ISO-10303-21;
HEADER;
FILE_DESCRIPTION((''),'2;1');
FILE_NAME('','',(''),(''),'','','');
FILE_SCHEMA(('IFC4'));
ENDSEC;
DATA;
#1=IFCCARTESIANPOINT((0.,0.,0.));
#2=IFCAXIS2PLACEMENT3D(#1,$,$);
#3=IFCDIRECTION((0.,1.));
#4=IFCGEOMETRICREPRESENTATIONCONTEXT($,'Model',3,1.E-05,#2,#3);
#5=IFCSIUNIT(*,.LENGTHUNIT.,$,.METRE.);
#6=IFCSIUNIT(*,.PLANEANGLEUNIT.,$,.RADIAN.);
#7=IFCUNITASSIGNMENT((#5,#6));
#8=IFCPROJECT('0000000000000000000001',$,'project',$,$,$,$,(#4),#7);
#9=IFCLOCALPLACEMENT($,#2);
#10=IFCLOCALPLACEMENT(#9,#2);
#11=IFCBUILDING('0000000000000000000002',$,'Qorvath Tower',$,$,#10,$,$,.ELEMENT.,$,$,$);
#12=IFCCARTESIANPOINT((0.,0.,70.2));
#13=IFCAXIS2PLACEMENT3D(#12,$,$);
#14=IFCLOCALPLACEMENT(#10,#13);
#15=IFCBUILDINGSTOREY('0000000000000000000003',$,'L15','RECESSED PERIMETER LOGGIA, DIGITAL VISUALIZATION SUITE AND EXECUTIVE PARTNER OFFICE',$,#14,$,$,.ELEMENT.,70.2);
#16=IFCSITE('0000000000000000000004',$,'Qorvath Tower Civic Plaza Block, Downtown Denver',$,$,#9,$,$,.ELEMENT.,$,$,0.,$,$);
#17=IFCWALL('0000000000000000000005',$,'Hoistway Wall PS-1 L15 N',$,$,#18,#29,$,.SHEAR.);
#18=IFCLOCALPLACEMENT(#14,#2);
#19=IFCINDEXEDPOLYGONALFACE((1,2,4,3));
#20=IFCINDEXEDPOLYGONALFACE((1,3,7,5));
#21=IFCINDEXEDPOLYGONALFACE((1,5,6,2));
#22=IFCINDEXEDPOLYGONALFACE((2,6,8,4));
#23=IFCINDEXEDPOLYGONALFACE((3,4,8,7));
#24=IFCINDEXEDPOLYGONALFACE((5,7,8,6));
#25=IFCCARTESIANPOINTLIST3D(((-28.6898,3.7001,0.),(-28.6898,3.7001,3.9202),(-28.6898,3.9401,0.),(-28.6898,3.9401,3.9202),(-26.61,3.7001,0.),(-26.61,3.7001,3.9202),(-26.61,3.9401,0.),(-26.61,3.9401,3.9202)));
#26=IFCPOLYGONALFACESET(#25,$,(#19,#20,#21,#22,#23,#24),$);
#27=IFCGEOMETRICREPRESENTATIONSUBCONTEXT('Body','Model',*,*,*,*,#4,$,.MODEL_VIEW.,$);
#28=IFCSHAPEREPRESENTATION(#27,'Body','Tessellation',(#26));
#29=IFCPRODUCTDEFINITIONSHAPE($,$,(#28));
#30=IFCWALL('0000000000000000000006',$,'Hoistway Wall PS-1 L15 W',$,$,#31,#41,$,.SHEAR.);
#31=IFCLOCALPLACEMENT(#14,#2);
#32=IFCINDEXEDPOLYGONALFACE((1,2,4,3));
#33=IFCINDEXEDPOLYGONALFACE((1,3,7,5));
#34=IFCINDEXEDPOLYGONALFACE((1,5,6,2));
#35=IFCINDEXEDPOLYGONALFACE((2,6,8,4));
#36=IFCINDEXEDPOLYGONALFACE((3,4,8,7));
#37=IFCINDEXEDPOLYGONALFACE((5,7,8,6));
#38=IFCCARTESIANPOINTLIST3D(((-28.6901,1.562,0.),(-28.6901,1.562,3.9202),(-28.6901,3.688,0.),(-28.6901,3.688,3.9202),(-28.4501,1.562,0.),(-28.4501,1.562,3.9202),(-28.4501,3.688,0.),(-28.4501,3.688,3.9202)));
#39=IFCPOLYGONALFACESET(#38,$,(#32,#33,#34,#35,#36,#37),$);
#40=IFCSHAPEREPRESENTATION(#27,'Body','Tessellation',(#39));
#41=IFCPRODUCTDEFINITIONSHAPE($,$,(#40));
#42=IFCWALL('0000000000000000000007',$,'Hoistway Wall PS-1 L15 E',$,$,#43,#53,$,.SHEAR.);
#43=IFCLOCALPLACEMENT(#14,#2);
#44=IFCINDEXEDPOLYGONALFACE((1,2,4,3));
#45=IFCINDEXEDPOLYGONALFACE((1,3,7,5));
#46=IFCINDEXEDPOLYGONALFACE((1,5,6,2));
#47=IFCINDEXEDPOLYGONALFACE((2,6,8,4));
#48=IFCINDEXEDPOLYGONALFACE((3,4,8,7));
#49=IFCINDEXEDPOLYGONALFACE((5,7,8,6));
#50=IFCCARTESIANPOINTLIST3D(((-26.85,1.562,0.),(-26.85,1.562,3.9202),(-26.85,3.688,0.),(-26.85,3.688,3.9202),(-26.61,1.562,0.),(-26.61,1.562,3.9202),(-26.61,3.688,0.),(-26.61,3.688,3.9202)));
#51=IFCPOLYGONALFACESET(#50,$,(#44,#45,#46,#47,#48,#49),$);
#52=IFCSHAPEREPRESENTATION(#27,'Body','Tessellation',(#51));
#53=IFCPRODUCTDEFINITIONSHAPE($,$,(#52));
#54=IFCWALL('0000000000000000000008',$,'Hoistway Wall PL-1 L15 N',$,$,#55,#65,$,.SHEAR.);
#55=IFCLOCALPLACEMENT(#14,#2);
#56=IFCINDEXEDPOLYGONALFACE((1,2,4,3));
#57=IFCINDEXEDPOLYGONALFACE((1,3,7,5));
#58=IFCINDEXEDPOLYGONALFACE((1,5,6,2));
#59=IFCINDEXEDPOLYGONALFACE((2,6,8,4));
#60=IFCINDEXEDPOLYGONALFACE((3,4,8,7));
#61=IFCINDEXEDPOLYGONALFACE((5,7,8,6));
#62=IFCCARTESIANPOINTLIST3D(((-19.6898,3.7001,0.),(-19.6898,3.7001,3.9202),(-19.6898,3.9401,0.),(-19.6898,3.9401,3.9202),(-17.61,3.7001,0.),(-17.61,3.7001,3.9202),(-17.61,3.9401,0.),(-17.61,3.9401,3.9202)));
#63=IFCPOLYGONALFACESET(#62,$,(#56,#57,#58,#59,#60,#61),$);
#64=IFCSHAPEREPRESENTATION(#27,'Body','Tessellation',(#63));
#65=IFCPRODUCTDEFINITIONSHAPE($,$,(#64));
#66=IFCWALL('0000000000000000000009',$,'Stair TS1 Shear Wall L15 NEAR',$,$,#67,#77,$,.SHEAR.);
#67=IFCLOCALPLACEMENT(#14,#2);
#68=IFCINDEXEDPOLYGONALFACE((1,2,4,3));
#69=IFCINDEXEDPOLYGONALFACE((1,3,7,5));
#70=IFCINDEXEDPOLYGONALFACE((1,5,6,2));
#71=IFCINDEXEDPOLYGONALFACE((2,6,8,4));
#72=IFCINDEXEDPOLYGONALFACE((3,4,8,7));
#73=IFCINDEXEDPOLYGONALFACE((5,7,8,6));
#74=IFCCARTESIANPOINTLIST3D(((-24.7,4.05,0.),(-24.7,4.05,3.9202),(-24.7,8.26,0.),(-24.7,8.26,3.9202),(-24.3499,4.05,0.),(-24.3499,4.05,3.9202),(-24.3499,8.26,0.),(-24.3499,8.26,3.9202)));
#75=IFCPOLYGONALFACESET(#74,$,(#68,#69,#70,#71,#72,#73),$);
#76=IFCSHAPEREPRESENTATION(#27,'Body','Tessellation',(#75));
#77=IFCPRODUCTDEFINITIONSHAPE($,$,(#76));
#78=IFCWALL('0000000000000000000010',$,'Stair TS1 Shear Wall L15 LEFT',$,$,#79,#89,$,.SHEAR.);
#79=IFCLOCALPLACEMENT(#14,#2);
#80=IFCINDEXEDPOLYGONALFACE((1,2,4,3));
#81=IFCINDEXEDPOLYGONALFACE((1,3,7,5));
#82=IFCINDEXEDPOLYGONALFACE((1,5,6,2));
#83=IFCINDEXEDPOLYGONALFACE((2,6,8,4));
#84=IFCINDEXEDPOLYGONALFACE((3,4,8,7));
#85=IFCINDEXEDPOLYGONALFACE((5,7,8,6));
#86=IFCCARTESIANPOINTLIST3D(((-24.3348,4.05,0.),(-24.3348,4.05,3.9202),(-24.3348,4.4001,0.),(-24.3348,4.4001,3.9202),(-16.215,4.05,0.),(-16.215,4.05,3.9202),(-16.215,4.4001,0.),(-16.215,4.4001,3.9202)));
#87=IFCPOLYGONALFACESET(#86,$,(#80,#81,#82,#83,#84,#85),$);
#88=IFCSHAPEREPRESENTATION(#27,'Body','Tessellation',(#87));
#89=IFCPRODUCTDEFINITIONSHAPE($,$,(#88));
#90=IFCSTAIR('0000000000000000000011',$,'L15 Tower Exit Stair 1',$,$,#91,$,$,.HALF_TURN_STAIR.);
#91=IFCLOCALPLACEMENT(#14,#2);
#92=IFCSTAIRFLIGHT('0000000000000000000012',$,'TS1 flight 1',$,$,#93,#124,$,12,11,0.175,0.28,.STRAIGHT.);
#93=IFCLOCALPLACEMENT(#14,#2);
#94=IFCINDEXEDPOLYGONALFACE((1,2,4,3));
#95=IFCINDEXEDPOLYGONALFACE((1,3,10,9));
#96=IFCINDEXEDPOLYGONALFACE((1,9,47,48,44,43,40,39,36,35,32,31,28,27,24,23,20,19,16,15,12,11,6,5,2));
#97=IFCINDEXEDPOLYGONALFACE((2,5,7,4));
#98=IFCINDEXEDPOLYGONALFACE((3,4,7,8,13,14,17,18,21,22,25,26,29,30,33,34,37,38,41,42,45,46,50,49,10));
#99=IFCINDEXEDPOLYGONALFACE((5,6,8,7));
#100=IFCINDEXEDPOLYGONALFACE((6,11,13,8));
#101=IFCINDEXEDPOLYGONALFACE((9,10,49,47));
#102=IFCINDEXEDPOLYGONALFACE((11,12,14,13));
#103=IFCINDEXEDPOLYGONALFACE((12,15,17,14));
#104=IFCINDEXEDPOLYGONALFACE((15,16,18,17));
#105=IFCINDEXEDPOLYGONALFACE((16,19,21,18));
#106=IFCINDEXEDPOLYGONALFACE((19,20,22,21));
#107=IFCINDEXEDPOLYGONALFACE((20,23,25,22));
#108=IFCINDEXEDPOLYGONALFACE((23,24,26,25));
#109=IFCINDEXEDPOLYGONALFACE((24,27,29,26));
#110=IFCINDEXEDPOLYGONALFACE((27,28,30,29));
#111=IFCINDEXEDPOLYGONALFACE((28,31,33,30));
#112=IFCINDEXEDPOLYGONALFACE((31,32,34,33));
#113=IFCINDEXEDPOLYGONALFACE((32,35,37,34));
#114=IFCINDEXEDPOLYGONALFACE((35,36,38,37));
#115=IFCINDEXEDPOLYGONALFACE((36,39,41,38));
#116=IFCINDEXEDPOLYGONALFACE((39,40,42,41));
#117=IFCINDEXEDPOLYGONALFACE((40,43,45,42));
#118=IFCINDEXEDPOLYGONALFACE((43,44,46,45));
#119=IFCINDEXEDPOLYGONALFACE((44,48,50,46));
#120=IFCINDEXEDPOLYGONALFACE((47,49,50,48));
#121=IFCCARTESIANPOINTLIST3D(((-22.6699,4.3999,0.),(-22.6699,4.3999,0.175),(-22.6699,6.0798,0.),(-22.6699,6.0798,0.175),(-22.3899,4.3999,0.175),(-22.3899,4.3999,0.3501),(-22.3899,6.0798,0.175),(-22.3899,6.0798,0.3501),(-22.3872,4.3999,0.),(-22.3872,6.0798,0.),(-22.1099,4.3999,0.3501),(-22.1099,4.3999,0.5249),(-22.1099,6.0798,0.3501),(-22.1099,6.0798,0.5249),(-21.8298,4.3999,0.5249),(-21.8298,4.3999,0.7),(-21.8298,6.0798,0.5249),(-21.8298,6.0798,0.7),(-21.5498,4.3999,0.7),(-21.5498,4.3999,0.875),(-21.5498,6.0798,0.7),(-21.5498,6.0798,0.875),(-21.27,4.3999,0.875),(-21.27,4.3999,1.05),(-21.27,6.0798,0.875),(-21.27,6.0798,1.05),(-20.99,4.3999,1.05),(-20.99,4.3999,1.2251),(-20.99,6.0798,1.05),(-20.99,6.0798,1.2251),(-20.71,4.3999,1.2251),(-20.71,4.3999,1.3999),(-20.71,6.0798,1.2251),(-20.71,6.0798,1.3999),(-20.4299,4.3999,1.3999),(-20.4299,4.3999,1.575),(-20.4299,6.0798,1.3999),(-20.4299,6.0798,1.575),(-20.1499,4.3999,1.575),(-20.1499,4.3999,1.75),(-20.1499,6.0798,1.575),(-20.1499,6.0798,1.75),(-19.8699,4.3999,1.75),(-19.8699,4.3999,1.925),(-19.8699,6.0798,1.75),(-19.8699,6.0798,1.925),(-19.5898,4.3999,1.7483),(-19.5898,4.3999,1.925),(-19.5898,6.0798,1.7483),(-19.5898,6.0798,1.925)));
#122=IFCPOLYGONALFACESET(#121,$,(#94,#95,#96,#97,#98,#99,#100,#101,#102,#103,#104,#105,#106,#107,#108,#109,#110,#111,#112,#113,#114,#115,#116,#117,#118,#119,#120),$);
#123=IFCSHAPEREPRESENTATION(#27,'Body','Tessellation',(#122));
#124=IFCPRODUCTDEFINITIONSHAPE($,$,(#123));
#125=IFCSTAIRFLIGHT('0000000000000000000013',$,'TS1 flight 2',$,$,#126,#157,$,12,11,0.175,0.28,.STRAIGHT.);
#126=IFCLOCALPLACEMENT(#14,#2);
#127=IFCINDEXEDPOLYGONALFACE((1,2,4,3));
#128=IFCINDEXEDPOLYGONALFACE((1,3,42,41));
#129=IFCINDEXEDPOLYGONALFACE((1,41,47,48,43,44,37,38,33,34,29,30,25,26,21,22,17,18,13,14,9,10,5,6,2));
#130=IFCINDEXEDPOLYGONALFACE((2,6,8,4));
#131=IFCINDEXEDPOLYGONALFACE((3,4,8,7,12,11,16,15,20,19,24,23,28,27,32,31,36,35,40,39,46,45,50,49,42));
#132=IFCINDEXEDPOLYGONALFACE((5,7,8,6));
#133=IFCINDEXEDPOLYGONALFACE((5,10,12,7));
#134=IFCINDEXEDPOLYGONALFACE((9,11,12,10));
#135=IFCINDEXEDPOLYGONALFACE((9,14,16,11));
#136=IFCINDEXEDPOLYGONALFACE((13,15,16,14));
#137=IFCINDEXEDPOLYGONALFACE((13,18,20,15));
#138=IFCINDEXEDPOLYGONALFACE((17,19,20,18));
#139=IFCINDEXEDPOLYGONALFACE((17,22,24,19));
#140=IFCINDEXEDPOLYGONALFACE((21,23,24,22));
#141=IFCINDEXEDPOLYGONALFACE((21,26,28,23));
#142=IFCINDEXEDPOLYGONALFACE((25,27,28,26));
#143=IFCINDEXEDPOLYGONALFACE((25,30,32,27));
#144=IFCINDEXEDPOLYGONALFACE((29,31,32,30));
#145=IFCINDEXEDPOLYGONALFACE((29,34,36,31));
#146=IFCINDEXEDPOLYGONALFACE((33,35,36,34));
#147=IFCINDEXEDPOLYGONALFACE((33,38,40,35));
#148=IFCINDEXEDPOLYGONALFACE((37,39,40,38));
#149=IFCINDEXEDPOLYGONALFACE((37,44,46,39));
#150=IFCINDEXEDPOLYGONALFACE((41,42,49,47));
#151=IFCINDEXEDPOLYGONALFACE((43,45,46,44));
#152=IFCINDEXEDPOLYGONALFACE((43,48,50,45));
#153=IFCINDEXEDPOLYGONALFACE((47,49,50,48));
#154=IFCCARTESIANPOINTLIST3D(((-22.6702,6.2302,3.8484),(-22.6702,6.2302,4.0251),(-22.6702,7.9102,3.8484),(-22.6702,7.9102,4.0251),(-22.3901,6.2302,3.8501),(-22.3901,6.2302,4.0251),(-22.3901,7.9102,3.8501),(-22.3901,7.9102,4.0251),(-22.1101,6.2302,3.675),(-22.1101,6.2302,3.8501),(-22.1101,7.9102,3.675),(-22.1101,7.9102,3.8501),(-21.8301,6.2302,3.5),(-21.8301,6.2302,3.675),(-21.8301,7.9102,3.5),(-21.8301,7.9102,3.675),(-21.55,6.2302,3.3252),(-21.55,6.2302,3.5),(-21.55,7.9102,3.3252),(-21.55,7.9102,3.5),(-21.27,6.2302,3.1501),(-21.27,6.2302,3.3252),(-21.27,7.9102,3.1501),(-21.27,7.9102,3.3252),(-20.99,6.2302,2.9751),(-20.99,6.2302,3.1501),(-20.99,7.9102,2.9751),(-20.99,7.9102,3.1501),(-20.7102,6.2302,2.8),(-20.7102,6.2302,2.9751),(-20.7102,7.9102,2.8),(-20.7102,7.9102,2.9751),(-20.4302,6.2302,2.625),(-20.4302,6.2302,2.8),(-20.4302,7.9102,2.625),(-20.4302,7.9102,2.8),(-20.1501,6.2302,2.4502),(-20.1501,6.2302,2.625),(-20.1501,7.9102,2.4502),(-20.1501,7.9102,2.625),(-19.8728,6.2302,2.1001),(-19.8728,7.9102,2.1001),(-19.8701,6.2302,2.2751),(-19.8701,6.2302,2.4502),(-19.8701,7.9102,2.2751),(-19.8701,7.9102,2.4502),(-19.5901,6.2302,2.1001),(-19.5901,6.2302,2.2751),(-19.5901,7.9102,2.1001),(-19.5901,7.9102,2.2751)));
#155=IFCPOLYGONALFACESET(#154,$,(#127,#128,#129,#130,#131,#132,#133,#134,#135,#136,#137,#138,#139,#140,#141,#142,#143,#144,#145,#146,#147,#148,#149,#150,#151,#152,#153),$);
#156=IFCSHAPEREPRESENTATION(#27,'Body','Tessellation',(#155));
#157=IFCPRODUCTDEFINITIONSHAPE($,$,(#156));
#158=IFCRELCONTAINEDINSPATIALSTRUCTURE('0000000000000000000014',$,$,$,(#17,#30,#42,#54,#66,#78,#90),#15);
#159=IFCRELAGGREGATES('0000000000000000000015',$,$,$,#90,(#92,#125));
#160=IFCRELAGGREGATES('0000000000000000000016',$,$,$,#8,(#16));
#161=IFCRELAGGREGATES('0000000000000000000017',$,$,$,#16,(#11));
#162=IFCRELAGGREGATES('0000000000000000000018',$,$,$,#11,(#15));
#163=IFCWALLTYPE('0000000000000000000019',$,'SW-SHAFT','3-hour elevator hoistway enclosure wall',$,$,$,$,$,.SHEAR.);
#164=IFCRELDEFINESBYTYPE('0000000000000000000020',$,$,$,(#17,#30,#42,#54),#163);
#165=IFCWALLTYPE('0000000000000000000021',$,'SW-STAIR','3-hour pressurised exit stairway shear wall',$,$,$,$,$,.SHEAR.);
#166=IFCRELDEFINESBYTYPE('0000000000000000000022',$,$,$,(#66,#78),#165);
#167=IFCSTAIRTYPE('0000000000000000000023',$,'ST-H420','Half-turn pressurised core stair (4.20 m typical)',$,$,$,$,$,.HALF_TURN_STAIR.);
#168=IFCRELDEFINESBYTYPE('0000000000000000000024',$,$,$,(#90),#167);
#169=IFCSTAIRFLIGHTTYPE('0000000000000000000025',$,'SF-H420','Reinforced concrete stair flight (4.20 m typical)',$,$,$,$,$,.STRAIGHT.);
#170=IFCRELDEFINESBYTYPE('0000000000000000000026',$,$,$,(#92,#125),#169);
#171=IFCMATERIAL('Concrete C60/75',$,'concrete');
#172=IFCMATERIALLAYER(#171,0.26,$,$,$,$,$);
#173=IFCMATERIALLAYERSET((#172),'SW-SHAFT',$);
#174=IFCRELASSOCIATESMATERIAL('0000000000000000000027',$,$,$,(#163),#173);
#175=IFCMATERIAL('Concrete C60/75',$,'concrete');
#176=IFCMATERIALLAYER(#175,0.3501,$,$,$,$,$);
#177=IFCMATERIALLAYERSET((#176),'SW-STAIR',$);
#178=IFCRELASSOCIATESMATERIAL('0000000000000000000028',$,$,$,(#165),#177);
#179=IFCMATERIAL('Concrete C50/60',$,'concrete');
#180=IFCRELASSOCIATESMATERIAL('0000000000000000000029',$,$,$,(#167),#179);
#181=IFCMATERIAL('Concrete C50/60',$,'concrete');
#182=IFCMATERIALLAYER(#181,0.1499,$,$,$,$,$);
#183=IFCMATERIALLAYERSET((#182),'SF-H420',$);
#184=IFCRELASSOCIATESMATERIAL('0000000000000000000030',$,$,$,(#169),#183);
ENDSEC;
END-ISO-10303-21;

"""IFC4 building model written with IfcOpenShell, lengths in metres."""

from ifc_helpers import new_model, si_unit, direction, frame, frame_2d, origin, place, context, subcontext, project, spatial, polyline, rectangle, outline, extrude, material, layer, layer_set, type_object, element, aggregate, save


model = new_model("IFC4")

# Units and contexts
model_context = context("Model", 3, precision=1e-05, world=origin(), true_north=direction((0.0, 1.0)))
body_context = subcontext(model_context, "Body", "Model", "MODEL_VIEW")
ifc_project = project(units=[si_unit("LENGTHUNIT", "METRE"), si_unit("PLANEANGLEUNIT", "RADIAN")], contexts=[model_context])

# Site, building, storey
site_placement = place(None, origin())
site = spatial("IfcSite", under=ifc_project, at=site_placement, Name="Qorvath Tower Civic Plaza Block, Downtown Denver", CompositionType="ELEMENT", RefElevation=0.0)
building_placement = place(site_placement, origin())
building = spatial("IfcBuilding", under=site, at=building_placement, Name="Qorvath Tower", CompositionType="ELEMENT")
storey_placement = place(building_placement, frame((0.0, 0.0, 70.2)))
storey = spatial("IfcBuildingStorey", under=building, at=storey_placement, Name="L15", Description="RECESSED PERIMETER LOGGIA, DIGITAL VISUALIZATION SUITE AND EXECUTIVE PARTNER OFFICE", CompositionType="ELEMENT", Elevation=70.2)

# Shared definitions
ifc_material_1 = material(Name="Concrete C60/75", Category="concrete")
ifc_layer_1 = layer(ifc_material_1, 0.26)
ifc_layer_set_1 = layer_set([ifc_layer_1], Name="SW-SHAFT")
wall_type_1 = type_object("IfcWallType", Name="SW-SHAFT", Description="3-hour elevator hoistway enclosure wall", PredefinedType="SHEAR", material=ifc_layer_set_1)

# Walls
for number, where, z_axis, x_axis, name in (
    (1, (-28.6899, 3.8201, 0.0), (0.0, 0.0, 1.0), (1.0, 0.0, 0.0), "Hoistway Wall PS-1 L15 N"),
):
    element("IfcWall", number, at=place(storey_placement, frame(where, z_axis=z_axis, x_axis=x_axis)), inside=storey, type_object=wall_type_1, Name=name, PredefinedType="SHEAR", context=body_context, shape_type="SweptSolid", body=[
        extrude(rectangle(XDim=2.0798, YDim=0.24, at=frame_2d((1.04, 0.0))), origin(), (0.0, 0.0, 1.0), 3.9202),
    ])
for number, where, z_axis, x_axis, name in (
    (2, (-28.5701, 1.562, 0.0), (0.0, 0.0, 1.0), (0.0, 1.0, 0.0), "Hoistway Wall PS-1 L15 W"),
    (3, (-26.73, 3.688, 0.0), (0.0, 0.0, 1.0), (0.0, -1.0, 0.0), "Hoistway Wall PS-1 L15 E"),
):
    element("IfcWall", number, at=place(storey_placement, frame(where, z_axis=z_axis, x_axis=x_axis)), inside=storey, type_object=wall_type_1, Name=name, PredefinedType="SHEAR", context=body_context, shape_type="SweptSolid", body=[
        extrude(rectangle(XDim=2.126, YDim=0.24, at=frame_2d((1.063, 0.0))), origin(), (0.0, 0.0, 1.0), 3.9202),
    ])
wall_1_placement = place(storey_placement, frame((-19.6899, 3.8201, 0.0), z_axis=(0.0, 0.0, 1.0), x_axis=(1.0, 0.0, 0.0)))
element("IfcWall", 4, at=wall_1_placement, inside=storey, type_object=wall_type_1, Name="Hoistway Wall PL-1 L15 N", PredefinedType="SHEAR", context=body_context, shape_type="SweptSolid", body=[
    extrude(rectangle(XDim=2.0798, YDim=0.24, at=frame_2d((1.04, 0.0))), origin(), (0.0, 0.0, 1.0), 3.9202),
])
ifc_material_2 = material(Name="Concrete C60/75", Category="concrete")
ifc_layer_2 = layer(ifc_material_2, 0.3501)
ifc_layer_set_2 = layer_set([ifc_layer_2], Name="SW-STAIR")
wall_type_2 = type_object("IfcWallType", Name="SW-STAIR", Description="3-hour pressurised exit stairway shear wall", PredefinedType="SHEAR", material=ifc_layer_set_2)
wall_2_placement = place(storey_placement, frame((-24.5249, 8.26, 0.0), z_axis=(0.0, 0.0, 1.0), x_axis=(0.0, -1.0, 0.0)))
element("IfcWall", 5, at=wall_2_placement, inside=storey, type_object=wall_type_2, Name="Stair TS1 Shear Wall L15 NEAR", PredefinedType="SHEAR", context=body_context, shape_type="SweptSolid", body=[
    extrude(rectangle(XDim=4.21, YDim=0.3501, at=frame_2d((2.105, 0.0))), origin(), (0.0, 0.0, 1.0), 3.9202),
])
wall_3_placement = place(storey_placement, frame((-24.335, 4.2251, 0.0), z_axis=(0.0, 0.0, 1.0), x_axis=(1.0, 0.0, 0.0)))
element("IfcWall", 6, at=wall_3_placement, inside=storey, type_object=wall_type_2, Name="Stair TS1 Shear Wall L15 LEFT", PredefinedType="SHEAR", context=body_context, shape_type="SweptSolid", body=[
    extrude(rectangle(XDim=8.1199, YDim=0.3501, at=frame_2d((4.0601, 0.0))), origin(), (0.0, 0.0, 1.0), 3.9202),
])

# Stair, stair flights
ifc_material_3 = material(Name="Concrete C50/60", Category="concrete")
stair_type = type_object("IfcStairType", Name="ST-H420", Description="Half-turn pressurised core stair (4.20 m typical)", PredefinedType="HALF_TURN_STAIR", material=ifc_material_3)
stair_placement = place(storey_placement, origin())
stair = element("IfcStair", 7, at=stair_placement, inside=storey, type_object=stair_type, Name="L15 Tower Exit Stair 1", PredefinedType="HALF_TURN_STAIR")
ifc_material_4 = material(Name="Concrete C50/60", Category="concrete")
ifc_layer_3 = layer(ifc_material_4, 0.1499)
ifc_layer_set_3 = layer_set([ifc_layer_3], Name="SF-H420")
stair_flight_type = type_object("IfcStairFlightType", Name="SF-H420", Description="Reinforced concrete stair flight (4.20 m typical)", PredefinedType="STRAIGHT", material=ifc_layer_set_3)
stair_flight_1_placement = place(storey_placement, frame((-22.6699, 5.24, 0.0), z_axis=(0.0, 0.0, 1.0), x_axis=(1.0, 0.0, 0.0)))
stair_flight_1 = element("IfcStairFlight", 8, at=stair_flight_1_placement, type_object=stair_flight_type, Name="TS1 flight 1", NumberOfRisers=12, NumberOfTreads=11, PredefinedType="STRAIGHT", RiserHeight=0.175, TreadLength=0.28, context=body_context, shape_type="SweptSolid", body=[
    extrude(outline(polyline([(0.0, 0.0), (0.0, 0.175), (0.28, 0.175), (0.28, 0.3501), (0.5601, 0.3501), (0.5601, 0.5249), (0.8401, 0.5249), (0.8401, 0.7), (1.1201, 0.7), (1.1201, 0.875), (1.3999, 0.875), (1.3999, 1.05), (1.6799, 1.05), (1.6799, 1.2251), (1.96, 1.2251), (1.96, 1.3999), (2.24, 1.3999), (2.24, 1.575), (2.52, 1.575), (2.52, 1.75), (2.8, 1.75), (2.8, 1.925), (3.0801, 1.925), (3.0801, 2.1001), (3.0801, 1.7483), (0.2827, 0.0), (0.0, 0.0)])), frame((0.0, 0.8398, 0.0), z_axis=(0.0, -1.0, 0.0), x_axis=(1.0, 0.0, 0.0)), (0.0, 0.0, 1.0), 1.6799),
])
stair_flight_2_placement = place(storey_placement, frame((-19.5901, 7.0701, 2.1001), z_axis=(0.0, 0.0, 1.0), x_axis=(-1.0, 0.0, 0.0)))
stair_flight_2 = element("IfcStairFlight", 9, at=stair_flight_2_placement, type_object=stair_flight_type, Name="TS1 flight 2", NumberOfRisers=12, NumberOfTreads=11, PredefinedType="STRAIGHT", RiserHeight=0.175, TreadLength=0.28, context=body_context, shape_type="SweptSolid", body=[
    extrude(outline(polyline([(0.0, 0.0), (0.0, 0.175), (0.28, 0.175), (0.28, 0.3501), (0.5601, 0.3501), (0.5601, 0.5249), (0.8401, 0.5249), (0.8401, 0.7), (1.1201, 0.7), (1.1201, 0.875), (1.3999, 0.875), (1.3999, 1.05), (1.6799, 1.05), (1.6799, 1.2251), (1.96, 1.2251), (1.96, 1.3999), (2.24, 1.3999), (2.24, 1.575), (2.52, 1.575), (2.52, 1.75), (2.8, 1.75), (2.8, 1.925), (3.0801, 1.925), (3.0801, 2.1001), (3.0801, 1.7483), (0.2827, 0.0), (0.0, 0.0)])), frame((0.0, 0.8398, 0.0), z_axis=(0.0, -1.0, 0.0), x_axis=(1.0, 0.0, 0.0)), (0.0, 0.0, 1.0), 1.6799),
])
aggregate(stair, [stair_flight_1, stair_flight_2])

save(model, "model.ifc")
